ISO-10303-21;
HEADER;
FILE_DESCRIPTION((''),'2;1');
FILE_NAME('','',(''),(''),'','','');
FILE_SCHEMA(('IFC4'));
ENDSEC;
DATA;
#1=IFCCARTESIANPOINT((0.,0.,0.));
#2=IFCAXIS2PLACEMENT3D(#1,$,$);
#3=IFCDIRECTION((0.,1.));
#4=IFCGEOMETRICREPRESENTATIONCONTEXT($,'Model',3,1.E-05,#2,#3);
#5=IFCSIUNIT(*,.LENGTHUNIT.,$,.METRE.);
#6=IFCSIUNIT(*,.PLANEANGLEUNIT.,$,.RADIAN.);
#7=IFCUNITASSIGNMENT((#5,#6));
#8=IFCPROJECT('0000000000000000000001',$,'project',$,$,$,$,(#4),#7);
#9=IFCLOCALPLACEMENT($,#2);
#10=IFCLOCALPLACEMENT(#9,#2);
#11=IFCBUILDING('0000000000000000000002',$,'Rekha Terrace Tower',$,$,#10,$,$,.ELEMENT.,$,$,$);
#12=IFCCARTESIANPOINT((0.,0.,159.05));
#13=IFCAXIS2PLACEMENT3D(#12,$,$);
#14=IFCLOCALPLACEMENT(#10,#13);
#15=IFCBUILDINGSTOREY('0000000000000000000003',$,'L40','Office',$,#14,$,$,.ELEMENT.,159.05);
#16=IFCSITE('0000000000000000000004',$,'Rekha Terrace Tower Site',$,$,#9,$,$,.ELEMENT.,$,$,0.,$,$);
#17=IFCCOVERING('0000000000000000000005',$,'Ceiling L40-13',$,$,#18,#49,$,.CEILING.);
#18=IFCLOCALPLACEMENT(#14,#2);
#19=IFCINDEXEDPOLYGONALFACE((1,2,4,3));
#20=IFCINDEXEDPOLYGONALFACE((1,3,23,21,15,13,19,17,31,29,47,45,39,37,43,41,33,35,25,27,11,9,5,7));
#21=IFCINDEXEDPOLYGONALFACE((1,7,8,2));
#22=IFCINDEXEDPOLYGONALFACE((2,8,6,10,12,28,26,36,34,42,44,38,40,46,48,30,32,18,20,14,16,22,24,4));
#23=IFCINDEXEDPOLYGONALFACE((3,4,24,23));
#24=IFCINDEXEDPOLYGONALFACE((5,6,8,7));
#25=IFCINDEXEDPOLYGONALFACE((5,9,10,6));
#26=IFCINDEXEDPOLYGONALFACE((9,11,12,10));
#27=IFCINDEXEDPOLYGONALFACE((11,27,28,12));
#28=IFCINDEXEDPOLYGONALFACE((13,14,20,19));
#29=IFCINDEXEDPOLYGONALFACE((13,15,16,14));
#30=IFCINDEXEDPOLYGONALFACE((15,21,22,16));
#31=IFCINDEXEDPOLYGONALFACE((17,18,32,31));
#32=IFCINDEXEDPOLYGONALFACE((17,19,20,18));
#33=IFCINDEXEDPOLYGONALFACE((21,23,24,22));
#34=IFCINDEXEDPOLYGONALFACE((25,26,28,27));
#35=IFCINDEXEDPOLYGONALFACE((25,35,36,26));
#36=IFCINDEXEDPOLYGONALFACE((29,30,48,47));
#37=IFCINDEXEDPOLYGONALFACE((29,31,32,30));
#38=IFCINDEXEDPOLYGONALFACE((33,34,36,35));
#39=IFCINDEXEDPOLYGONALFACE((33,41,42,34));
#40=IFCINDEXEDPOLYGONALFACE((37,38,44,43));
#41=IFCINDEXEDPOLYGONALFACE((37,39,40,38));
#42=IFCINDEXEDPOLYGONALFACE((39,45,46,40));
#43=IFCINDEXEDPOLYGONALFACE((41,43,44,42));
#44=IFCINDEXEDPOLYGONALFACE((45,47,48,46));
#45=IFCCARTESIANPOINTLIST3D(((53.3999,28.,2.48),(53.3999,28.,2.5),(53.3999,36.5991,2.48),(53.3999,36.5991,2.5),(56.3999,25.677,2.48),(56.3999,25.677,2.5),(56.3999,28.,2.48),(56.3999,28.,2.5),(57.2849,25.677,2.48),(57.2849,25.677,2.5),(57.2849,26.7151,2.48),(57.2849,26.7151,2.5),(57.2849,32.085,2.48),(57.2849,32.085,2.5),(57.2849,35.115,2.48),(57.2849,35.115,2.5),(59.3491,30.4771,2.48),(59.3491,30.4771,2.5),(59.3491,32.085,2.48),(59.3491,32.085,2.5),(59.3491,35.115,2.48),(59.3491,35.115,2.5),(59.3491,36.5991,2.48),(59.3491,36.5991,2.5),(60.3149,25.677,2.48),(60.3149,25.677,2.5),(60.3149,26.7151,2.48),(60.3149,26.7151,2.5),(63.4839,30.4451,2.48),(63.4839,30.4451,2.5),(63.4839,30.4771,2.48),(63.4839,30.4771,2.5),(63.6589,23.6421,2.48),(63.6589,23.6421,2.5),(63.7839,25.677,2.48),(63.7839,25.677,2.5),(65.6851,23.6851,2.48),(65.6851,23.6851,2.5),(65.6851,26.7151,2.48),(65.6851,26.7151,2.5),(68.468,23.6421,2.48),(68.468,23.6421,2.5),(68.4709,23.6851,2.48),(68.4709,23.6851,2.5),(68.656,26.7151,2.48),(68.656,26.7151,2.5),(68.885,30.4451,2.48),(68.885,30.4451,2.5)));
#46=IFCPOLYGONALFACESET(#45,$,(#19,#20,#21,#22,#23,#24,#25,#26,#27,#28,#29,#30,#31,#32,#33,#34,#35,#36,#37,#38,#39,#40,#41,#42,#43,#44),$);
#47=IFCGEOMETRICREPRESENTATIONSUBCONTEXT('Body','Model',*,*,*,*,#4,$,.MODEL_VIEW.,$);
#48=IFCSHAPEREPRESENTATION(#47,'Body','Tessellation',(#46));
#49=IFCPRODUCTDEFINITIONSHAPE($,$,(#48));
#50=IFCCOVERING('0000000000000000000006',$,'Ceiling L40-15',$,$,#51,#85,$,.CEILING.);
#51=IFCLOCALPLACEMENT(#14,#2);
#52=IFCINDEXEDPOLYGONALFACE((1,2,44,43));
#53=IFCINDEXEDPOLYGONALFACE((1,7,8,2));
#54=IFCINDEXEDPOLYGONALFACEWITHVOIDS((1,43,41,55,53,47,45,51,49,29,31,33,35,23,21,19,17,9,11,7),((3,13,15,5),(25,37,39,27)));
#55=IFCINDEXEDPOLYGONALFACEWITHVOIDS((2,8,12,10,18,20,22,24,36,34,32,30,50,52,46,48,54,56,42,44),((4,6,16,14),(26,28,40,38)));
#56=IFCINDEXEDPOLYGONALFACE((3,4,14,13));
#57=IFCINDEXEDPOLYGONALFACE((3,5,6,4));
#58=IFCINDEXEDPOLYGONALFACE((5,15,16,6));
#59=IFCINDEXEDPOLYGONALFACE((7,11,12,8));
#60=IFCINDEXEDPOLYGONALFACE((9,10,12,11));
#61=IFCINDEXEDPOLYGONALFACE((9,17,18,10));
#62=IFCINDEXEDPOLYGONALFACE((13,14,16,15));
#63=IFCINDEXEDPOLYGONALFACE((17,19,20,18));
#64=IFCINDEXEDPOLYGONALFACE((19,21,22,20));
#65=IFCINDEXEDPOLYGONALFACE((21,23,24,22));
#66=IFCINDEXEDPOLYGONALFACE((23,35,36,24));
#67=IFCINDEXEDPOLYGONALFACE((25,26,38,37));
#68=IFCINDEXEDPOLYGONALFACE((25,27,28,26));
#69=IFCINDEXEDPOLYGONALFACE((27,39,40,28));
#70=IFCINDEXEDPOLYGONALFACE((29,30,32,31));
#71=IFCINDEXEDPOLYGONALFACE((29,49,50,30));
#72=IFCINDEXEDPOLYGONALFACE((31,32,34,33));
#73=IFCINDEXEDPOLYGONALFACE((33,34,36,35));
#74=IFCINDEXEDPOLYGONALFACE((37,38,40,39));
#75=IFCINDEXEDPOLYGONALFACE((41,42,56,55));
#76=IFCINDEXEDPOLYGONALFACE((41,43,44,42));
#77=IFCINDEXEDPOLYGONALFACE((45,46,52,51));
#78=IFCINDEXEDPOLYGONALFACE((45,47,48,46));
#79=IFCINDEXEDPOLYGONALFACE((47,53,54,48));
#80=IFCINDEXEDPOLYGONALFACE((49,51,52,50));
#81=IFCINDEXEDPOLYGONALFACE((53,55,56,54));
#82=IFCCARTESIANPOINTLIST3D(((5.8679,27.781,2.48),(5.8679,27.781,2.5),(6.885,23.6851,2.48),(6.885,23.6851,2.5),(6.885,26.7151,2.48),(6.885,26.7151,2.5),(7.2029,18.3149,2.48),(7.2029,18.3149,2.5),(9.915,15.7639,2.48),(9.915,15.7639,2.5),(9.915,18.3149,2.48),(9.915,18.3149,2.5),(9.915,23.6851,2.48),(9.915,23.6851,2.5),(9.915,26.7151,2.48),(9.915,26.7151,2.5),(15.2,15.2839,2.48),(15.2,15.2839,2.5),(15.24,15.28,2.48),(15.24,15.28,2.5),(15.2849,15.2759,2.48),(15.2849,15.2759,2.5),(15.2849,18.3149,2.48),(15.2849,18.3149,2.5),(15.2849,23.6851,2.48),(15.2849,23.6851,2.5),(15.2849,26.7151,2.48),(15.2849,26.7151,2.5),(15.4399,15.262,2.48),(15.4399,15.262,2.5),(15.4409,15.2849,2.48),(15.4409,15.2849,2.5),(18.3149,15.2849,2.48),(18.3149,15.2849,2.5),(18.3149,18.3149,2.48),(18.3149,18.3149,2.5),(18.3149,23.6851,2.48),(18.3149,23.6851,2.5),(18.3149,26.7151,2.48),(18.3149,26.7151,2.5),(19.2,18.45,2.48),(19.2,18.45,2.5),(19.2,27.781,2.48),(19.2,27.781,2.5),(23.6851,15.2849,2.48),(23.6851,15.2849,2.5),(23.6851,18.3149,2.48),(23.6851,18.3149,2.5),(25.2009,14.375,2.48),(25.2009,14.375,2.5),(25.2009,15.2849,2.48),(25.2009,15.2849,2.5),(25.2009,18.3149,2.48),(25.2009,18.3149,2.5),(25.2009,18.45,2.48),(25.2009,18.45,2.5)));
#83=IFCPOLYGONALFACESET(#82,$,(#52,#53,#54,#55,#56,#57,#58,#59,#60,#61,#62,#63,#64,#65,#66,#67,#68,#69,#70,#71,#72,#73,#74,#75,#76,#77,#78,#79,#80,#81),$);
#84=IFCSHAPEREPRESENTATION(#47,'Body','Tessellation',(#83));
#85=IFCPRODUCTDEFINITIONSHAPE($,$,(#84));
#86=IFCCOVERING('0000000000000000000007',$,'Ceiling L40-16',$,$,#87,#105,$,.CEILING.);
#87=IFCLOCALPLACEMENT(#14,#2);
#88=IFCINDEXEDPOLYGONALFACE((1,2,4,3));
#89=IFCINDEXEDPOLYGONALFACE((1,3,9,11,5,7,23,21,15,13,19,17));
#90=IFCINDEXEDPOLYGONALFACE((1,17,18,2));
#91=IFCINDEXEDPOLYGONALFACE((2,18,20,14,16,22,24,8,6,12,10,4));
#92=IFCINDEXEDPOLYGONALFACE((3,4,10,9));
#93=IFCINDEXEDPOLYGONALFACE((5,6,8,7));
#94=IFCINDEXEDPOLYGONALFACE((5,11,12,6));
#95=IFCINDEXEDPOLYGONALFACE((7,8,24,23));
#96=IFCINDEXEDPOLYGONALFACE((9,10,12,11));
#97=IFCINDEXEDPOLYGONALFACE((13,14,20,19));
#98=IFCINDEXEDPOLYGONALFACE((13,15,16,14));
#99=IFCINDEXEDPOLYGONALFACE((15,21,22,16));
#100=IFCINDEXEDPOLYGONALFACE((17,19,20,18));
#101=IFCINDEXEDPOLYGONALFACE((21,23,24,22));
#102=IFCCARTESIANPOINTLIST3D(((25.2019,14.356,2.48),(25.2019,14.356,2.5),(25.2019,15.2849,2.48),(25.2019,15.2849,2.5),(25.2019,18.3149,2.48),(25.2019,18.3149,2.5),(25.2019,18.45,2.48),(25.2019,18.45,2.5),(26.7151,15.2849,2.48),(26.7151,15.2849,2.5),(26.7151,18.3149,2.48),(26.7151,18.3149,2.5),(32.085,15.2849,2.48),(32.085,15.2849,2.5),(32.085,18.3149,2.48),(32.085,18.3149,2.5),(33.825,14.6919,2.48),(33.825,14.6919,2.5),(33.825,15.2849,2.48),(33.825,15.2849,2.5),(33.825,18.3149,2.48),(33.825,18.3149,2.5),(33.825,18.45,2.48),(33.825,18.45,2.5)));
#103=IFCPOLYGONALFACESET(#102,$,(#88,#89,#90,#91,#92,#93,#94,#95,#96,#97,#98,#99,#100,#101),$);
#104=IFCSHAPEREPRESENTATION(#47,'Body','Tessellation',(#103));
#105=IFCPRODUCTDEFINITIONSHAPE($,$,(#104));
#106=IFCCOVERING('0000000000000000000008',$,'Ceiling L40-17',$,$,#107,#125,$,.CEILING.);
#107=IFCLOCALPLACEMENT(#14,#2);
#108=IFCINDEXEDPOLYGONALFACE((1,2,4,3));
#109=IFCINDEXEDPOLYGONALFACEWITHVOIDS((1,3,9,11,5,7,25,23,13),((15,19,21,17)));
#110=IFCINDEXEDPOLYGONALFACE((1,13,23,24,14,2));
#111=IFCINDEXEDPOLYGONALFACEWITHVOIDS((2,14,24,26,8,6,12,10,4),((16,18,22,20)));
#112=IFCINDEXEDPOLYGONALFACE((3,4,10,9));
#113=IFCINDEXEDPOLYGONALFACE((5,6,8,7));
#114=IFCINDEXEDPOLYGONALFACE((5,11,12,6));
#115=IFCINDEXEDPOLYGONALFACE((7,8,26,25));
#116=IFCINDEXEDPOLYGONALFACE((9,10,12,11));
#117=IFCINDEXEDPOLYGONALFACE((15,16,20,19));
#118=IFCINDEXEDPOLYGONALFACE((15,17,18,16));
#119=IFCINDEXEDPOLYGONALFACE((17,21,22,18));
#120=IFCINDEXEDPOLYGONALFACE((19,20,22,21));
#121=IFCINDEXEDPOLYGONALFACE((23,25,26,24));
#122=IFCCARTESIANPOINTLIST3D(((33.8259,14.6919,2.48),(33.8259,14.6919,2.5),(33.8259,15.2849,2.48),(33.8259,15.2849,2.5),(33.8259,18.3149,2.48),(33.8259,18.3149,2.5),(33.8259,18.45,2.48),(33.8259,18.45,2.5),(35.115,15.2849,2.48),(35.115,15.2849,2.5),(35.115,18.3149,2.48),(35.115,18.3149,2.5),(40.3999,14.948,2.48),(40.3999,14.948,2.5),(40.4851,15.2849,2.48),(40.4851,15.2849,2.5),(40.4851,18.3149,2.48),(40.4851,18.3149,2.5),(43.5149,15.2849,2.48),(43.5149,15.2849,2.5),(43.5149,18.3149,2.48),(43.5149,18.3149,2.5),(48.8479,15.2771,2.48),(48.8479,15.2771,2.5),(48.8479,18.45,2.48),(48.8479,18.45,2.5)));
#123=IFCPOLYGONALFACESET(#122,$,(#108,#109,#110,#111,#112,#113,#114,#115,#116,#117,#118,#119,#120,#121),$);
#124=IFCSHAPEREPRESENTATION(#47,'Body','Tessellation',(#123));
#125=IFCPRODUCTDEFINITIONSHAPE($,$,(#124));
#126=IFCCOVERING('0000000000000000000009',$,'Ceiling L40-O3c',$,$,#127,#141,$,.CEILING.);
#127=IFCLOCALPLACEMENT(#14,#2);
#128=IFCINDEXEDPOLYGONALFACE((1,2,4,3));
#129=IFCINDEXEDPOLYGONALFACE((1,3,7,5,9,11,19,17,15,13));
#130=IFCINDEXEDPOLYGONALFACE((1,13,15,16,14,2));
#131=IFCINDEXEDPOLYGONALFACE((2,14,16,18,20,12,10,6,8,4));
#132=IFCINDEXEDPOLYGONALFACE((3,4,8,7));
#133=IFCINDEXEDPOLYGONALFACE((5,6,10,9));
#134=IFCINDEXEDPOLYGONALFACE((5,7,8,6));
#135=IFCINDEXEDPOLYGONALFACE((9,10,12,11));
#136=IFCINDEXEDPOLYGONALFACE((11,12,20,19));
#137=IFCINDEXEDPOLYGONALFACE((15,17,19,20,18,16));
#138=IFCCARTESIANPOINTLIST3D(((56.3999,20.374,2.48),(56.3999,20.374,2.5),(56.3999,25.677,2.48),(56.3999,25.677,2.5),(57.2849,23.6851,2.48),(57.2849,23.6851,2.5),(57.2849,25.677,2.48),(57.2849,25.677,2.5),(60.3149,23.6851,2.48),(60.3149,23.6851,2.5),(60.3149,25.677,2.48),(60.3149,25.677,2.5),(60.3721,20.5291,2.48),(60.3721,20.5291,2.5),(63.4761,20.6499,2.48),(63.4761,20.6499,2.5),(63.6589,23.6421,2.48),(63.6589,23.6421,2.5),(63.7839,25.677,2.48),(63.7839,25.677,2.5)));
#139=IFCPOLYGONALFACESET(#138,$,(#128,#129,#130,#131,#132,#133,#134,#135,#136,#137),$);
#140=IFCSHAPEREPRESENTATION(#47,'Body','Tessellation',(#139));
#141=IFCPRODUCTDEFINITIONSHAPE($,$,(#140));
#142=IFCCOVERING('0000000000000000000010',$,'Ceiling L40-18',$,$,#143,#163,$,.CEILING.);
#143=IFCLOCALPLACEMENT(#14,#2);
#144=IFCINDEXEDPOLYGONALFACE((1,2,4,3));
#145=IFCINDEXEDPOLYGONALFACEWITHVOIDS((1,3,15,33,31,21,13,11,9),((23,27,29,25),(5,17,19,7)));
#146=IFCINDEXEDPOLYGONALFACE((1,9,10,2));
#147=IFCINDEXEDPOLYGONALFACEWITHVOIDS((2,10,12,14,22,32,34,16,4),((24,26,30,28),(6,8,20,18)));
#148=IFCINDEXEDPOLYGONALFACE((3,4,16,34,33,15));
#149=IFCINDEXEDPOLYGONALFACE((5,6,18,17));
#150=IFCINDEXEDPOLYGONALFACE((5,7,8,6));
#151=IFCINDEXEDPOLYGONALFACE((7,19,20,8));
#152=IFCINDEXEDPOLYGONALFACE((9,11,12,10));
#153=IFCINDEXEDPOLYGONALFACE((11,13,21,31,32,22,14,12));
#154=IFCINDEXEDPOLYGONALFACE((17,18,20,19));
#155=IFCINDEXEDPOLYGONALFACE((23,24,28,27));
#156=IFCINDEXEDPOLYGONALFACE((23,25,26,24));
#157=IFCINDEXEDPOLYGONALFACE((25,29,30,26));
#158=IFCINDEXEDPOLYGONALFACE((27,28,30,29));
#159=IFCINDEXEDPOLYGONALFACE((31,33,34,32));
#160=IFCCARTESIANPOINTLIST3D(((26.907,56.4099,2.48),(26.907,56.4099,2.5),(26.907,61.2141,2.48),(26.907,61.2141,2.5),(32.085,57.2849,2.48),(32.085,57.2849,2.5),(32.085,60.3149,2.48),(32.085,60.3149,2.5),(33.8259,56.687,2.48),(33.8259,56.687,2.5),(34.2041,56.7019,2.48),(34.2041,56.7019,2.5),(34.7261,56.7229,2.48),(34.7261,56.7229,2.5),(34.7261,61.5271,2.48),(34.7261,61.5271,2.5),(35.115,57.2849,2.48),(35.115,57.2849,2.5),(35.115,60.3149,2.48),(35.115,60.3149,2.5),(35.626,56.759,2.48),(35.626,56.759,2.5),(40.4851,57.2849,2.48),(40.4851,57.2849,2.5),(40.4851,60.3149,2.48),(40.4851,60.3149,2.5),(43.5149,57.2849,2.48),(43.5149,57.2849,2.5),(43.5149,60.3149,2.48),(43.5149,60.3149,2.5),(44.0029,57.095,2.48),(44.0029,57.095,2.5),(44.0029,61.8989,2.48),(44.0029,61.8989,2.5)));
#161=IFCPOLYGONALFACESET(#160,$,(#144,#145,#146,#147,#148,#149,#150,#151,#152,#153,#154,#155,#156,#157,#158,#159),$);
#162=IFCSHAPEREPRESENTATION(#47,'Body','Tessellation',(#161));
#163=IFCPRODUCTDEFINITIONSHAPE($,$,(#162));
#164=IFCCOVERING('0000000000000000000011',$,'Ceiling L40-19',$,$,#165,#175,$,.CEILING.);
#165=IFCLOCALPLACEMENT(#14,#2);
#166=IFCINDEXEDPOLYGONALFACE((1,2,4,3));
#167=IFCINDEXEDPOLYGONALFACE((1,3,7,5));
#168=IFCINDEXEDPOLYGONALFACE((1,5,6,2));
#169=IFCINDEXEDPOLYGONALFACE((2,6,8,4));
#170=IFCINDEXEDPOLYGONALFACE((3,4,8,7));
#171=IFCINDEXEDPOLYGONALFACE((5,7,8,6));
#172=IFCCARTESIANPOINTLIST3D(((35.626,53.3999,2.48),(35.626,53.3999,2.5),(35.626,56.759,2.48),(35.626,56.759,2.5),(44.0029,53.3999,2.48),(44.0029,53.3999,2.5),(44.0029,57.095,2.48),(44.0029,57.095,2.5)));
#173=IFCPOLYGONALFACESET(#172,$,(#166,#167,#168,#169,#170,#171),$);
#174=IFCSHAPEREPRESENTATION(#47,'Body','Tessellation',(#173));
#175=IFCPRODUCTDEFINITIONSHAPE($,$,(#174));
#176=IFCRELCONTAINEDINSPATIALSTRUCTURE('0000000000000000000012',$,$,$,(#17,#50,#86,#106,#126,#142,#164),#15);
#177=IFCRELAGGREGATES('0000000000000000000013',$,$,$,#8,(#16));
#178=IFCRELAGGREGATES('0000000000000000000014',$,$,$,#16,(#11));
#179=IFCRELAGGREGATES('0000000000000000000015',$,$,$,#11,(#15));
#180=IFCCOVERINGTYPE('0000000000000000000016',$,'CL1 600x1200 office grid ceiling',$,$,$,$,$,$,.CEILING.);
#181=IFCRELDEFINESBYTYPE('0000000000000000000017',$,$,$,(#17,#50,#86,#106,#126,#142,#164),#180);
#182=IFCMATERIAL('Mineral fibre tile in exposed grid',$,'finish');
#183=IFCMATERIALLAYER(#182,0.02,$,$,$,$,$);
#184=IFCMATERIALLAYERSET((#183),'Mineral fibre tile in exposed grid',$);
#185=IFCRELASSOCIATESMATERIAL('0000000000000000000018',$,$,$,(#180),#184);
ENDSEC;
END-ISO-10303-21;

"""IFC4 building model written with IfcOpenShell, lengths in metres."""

from ifc_helpers import new_model, si_unit, direction, frame, origin, place, context, subcontext, project, spatial, polyline, outline, extrude, material, layer, layer_set, type_object, element, save


model = new_model("IFC4")

# Units and contexts
model_context = context("Model", 3, precision=1e-05, world=origin(), true_north=direction((0.0, 1.0)))
body_context = subcontext(model_context, "Body", "Model", "MODEL_VIEW")
ifc_project = project(units=[si_unit("LENGTHUNIT", "METRE"), si_unit("PLANEANGLEUNIT", "RADIAN")], contexts=[model_context])

# Site, building, storey
site_placement = place(None, origin())
site = spatial("IfcSite", under=ifc_project, at=site_placement, Name="Rekha Terrace Tower Site", CompositionType="ELEMENT", RefElevation=0.0)
building_placement = place(site_placement, origin())
building = spatial("IfcBuilding", under=site, at=building_placement, Name="Rekha Terrace Tower", CompositionType="ELEMENT")
storey_placement = place(building_placement, frame((0.0, 0.0, 159.05)))
storey = spatial("IfcBuildingStorey", under=building, at=storey_placement, Name="L40", Description="Office", CompositionType="ELEMENT", Elevation=159.05)

# Coverings
ifc_material_1 = material(Name="Mineral fibre tile in exposed grid", Category="finish")
ifc_layer_1 = layer(ifc_material_1, 0.02)
ifc_layer_set_1 = layer_set([ifc_layer_1], Name="Mineral fibre tile in exposed grid")
covering_type_1 = type_object("IfcCoveringType", Name="CL1 600x1200 office grid ceiling", PredefinedType="CEILING", material=ifc_layer_set_1)
covering_1_placement = place(storey_placement, frame((0.0, 0.0, 2.48)))
element("IfcCovering", 1, at=covering_1_placement, inside=storey, type_object=covering_type_1, Name="Ceiling L40-13", PredefinedType="CEILING", context=body_context, shape_type="SweptSolid", body=[
    extrude(outline(polyline([(63.7839, 25.677), (63.6589, 23.6421), (68.468, 23.6421), (68.4709, 23.6851), (65.6851, 23.6851), (65.6851, 26.7151), (68.656, 26.7151), (68.885, 30.4451), (63.4839, 30.4451), (63.4839, 30.4771), (59.3491, 30.4771), (59.3491, 32.085), (57.2849, 32.085), (57.2849, 35.115), (59.3491, 35.115), (59.3491, 36.5991), (53.3999, 36.5991), (53.3999, 28.0), (56.3999, 28.0), (56.3999, 25.677), (57.2849, 25.677), (57.2849, 26.7151), (60.3149, 26.7151), (60.3149, 25.677), (63.7839, 25.677)])), origin(), (0.0, 0.0, 1.0), 0.02),
])
covering_2_placement = place(storey_placement, frame((0.0, 0.0, 2.48)))
element("IfcCovering", 2, at=covering_2_placement, inside=storey, type_object=covering_type_1, Name="Ceiling L40-15", PredefinedType="CEILING", context=body_context, shape_type="SweptSolid", body=[
    extrude(outline(polyline([(15.24, 15.28), (15.2849, 15.2759), (15.2849, 18.3149), (18.3149, 18.3149), (18.3149, 15.2849), (15.4409, 15.2849), (15.4399, 15.262), (25.2009, 14.375), (25.2009, 15.2849), (23.6851, 15.2849), (23.6851, 18.3149), (25.2009, 18.3149), (25.2009, 18.45), (19.2, 18.45), (19.2, 27.781), (5.8679, 27.781), (7.2029, 18.3149), (9.915, 18.3149), (9.915, 15.7639), (15.2, 15.2839), (15.24, 15.28)]), holes=[polyline([(18.3149, 26.7151), (18.3149, 23.6851), (15.2849, 23.6851), (15.2849, 26.7151), (18.3149, 26.7151)]), polyline([(9.915, 23.6851), (6.885, 23.6851), (6.885, 26.7151), (9.915, 26.7151), (9.915, 23.6851)])]), origin(), (0.0, 0.0, 1.0), 0.02),
])
covering_3_placement = place(storey_placement, frame((0.0, 0.0, 2.48)))
element("IfcCovering", 3, at=covering_3_placement, inside=storey, type_object=covering_type_1, Name="Ceiling L40-16", PredefinedType="CEILING", context=body_context, shape_type="SweptSolid", body=[
    extrude(outline(polyline([(33.825, 18.3149), (33.825, 18.45), (25.2019, 18.45), (25.2019, 18.3149), (26.7151, 18.3149), (26.7151, 15.2849), (25.2019, 15.2849), (25.2019, 14.356), (33.825, 14.6919), (33.825, 15.2849), (32.085, 15.2849), (32.085, 18.3149), (33.825, 18.3149)])), origin(), (0.0, 0.0, 1.0), 0.02),
])
covering_4_placement = place(storey_placement, frame((0.0, 0.0, 2.48)))
element("IfcCovering", 4, at=covering_4_placement, inside=storey, type_object=covering_type_1, Name="Ceiling L40-17", PredefinedType="CEILING", context=body_context, shape_type="SweptSolid", body=[
    extrude(outline(polyline([(35.115, 15.2849), (33.8259, 15.2849), (33.8259, 14.6919), (40.3999, 14.948), (48.8479, 15.2771), (48.8479, 18.45), (33.8259, 18.45), (33.8259, 18.3149), (35.115, 18.3149), (35.115, 15.2849)]), holes=[polyline([(43.5149, 18.3149), (43.5149, 15.2849), (40.4851, 15.2849), (40.4851, 18.3149), (43.5149, 18.3149)])]), origin(), (0.0, 0.0, 1.0), 0.02),
])
covering_5_placement = place(storey_placement, frame((0.0, 0.0, 2.48)))
element("IfcCovering", 5, at=covering_5_placement, inside=storey, type_object=covering_type_1, Name="Ceiling L40-O3c", PredefinedType="CEILING", context=body_context, shape_type="SweptSolid", body=[
    extrude(outline(polyline([(56.3999, 25.677), (56.3999, 20.374), (60.3721, 20.5291), (63.4761, 20.6499), (63.6589, 23.6421), (63.7839, 25.677), (60.3149, 25.677), (60.3149, 23.6851), (57.2849, 23.6851), (57.2849, 25.677), (56.3999, 25.677)])), origin(), (0.0, 0.0, 1.0), 0.02),
])
covering_6_placement = place(storey_placement, frame((0.0, 0.0, 2.48)))
element("IfcCovering", 6, at=covering_6_placement, inside=storey, type_object=covering_type_1, Name="Ceiling L40-18", PredefinedType="CEILING", context=body_context, shape_type="SweptSolid", body=[
    extrude(outline(polyline([(26.907, 56.4099), (33.8259, 56.687), (34.2041, 56.7019), (34.7261, 56.7229), (35.626, 56.759), (44.0029, 57.095), (44.0029, 61.8989), (34.7261, 61.5271), (26.907, 61.2141), (26.907, 56.4099)]), holes=[polyline([(43.5149, 57.2849), (40.4851, 57.2849), (40.4851, 60.3149), (43.5149, 60.3149), (43.5149, 57.2849)]), polyline([(35.115, 57.2849), (32.085, 57.2849), (32.085, 60.3149), (35.115, 60.3149), (35.115, 57.2849)])]), origin(), (0.0, 0.0, 1.0), 0.02),
])
covering_7_placement = place(storey_placement, frame((0.0, 0.0, 2.48)))
element("IfcCovering", 7, at=covering_7_placement, inside=storey, type_object=covering_type_1, Name="Ceiling L40-19", PredefinedType="CEILING", context=body_context, shape_type="SweptSolid", body=[
    extrude(outline(polyline([(35.626, 53.3999), (44.0029, 53.3999), (44.0029, 57.095), (35.626, 56.759), (35.626, 53.3999)])), origin(), (0.0, 0.0, 1.0), 0.02),
])

save(model, "model.ifc")
